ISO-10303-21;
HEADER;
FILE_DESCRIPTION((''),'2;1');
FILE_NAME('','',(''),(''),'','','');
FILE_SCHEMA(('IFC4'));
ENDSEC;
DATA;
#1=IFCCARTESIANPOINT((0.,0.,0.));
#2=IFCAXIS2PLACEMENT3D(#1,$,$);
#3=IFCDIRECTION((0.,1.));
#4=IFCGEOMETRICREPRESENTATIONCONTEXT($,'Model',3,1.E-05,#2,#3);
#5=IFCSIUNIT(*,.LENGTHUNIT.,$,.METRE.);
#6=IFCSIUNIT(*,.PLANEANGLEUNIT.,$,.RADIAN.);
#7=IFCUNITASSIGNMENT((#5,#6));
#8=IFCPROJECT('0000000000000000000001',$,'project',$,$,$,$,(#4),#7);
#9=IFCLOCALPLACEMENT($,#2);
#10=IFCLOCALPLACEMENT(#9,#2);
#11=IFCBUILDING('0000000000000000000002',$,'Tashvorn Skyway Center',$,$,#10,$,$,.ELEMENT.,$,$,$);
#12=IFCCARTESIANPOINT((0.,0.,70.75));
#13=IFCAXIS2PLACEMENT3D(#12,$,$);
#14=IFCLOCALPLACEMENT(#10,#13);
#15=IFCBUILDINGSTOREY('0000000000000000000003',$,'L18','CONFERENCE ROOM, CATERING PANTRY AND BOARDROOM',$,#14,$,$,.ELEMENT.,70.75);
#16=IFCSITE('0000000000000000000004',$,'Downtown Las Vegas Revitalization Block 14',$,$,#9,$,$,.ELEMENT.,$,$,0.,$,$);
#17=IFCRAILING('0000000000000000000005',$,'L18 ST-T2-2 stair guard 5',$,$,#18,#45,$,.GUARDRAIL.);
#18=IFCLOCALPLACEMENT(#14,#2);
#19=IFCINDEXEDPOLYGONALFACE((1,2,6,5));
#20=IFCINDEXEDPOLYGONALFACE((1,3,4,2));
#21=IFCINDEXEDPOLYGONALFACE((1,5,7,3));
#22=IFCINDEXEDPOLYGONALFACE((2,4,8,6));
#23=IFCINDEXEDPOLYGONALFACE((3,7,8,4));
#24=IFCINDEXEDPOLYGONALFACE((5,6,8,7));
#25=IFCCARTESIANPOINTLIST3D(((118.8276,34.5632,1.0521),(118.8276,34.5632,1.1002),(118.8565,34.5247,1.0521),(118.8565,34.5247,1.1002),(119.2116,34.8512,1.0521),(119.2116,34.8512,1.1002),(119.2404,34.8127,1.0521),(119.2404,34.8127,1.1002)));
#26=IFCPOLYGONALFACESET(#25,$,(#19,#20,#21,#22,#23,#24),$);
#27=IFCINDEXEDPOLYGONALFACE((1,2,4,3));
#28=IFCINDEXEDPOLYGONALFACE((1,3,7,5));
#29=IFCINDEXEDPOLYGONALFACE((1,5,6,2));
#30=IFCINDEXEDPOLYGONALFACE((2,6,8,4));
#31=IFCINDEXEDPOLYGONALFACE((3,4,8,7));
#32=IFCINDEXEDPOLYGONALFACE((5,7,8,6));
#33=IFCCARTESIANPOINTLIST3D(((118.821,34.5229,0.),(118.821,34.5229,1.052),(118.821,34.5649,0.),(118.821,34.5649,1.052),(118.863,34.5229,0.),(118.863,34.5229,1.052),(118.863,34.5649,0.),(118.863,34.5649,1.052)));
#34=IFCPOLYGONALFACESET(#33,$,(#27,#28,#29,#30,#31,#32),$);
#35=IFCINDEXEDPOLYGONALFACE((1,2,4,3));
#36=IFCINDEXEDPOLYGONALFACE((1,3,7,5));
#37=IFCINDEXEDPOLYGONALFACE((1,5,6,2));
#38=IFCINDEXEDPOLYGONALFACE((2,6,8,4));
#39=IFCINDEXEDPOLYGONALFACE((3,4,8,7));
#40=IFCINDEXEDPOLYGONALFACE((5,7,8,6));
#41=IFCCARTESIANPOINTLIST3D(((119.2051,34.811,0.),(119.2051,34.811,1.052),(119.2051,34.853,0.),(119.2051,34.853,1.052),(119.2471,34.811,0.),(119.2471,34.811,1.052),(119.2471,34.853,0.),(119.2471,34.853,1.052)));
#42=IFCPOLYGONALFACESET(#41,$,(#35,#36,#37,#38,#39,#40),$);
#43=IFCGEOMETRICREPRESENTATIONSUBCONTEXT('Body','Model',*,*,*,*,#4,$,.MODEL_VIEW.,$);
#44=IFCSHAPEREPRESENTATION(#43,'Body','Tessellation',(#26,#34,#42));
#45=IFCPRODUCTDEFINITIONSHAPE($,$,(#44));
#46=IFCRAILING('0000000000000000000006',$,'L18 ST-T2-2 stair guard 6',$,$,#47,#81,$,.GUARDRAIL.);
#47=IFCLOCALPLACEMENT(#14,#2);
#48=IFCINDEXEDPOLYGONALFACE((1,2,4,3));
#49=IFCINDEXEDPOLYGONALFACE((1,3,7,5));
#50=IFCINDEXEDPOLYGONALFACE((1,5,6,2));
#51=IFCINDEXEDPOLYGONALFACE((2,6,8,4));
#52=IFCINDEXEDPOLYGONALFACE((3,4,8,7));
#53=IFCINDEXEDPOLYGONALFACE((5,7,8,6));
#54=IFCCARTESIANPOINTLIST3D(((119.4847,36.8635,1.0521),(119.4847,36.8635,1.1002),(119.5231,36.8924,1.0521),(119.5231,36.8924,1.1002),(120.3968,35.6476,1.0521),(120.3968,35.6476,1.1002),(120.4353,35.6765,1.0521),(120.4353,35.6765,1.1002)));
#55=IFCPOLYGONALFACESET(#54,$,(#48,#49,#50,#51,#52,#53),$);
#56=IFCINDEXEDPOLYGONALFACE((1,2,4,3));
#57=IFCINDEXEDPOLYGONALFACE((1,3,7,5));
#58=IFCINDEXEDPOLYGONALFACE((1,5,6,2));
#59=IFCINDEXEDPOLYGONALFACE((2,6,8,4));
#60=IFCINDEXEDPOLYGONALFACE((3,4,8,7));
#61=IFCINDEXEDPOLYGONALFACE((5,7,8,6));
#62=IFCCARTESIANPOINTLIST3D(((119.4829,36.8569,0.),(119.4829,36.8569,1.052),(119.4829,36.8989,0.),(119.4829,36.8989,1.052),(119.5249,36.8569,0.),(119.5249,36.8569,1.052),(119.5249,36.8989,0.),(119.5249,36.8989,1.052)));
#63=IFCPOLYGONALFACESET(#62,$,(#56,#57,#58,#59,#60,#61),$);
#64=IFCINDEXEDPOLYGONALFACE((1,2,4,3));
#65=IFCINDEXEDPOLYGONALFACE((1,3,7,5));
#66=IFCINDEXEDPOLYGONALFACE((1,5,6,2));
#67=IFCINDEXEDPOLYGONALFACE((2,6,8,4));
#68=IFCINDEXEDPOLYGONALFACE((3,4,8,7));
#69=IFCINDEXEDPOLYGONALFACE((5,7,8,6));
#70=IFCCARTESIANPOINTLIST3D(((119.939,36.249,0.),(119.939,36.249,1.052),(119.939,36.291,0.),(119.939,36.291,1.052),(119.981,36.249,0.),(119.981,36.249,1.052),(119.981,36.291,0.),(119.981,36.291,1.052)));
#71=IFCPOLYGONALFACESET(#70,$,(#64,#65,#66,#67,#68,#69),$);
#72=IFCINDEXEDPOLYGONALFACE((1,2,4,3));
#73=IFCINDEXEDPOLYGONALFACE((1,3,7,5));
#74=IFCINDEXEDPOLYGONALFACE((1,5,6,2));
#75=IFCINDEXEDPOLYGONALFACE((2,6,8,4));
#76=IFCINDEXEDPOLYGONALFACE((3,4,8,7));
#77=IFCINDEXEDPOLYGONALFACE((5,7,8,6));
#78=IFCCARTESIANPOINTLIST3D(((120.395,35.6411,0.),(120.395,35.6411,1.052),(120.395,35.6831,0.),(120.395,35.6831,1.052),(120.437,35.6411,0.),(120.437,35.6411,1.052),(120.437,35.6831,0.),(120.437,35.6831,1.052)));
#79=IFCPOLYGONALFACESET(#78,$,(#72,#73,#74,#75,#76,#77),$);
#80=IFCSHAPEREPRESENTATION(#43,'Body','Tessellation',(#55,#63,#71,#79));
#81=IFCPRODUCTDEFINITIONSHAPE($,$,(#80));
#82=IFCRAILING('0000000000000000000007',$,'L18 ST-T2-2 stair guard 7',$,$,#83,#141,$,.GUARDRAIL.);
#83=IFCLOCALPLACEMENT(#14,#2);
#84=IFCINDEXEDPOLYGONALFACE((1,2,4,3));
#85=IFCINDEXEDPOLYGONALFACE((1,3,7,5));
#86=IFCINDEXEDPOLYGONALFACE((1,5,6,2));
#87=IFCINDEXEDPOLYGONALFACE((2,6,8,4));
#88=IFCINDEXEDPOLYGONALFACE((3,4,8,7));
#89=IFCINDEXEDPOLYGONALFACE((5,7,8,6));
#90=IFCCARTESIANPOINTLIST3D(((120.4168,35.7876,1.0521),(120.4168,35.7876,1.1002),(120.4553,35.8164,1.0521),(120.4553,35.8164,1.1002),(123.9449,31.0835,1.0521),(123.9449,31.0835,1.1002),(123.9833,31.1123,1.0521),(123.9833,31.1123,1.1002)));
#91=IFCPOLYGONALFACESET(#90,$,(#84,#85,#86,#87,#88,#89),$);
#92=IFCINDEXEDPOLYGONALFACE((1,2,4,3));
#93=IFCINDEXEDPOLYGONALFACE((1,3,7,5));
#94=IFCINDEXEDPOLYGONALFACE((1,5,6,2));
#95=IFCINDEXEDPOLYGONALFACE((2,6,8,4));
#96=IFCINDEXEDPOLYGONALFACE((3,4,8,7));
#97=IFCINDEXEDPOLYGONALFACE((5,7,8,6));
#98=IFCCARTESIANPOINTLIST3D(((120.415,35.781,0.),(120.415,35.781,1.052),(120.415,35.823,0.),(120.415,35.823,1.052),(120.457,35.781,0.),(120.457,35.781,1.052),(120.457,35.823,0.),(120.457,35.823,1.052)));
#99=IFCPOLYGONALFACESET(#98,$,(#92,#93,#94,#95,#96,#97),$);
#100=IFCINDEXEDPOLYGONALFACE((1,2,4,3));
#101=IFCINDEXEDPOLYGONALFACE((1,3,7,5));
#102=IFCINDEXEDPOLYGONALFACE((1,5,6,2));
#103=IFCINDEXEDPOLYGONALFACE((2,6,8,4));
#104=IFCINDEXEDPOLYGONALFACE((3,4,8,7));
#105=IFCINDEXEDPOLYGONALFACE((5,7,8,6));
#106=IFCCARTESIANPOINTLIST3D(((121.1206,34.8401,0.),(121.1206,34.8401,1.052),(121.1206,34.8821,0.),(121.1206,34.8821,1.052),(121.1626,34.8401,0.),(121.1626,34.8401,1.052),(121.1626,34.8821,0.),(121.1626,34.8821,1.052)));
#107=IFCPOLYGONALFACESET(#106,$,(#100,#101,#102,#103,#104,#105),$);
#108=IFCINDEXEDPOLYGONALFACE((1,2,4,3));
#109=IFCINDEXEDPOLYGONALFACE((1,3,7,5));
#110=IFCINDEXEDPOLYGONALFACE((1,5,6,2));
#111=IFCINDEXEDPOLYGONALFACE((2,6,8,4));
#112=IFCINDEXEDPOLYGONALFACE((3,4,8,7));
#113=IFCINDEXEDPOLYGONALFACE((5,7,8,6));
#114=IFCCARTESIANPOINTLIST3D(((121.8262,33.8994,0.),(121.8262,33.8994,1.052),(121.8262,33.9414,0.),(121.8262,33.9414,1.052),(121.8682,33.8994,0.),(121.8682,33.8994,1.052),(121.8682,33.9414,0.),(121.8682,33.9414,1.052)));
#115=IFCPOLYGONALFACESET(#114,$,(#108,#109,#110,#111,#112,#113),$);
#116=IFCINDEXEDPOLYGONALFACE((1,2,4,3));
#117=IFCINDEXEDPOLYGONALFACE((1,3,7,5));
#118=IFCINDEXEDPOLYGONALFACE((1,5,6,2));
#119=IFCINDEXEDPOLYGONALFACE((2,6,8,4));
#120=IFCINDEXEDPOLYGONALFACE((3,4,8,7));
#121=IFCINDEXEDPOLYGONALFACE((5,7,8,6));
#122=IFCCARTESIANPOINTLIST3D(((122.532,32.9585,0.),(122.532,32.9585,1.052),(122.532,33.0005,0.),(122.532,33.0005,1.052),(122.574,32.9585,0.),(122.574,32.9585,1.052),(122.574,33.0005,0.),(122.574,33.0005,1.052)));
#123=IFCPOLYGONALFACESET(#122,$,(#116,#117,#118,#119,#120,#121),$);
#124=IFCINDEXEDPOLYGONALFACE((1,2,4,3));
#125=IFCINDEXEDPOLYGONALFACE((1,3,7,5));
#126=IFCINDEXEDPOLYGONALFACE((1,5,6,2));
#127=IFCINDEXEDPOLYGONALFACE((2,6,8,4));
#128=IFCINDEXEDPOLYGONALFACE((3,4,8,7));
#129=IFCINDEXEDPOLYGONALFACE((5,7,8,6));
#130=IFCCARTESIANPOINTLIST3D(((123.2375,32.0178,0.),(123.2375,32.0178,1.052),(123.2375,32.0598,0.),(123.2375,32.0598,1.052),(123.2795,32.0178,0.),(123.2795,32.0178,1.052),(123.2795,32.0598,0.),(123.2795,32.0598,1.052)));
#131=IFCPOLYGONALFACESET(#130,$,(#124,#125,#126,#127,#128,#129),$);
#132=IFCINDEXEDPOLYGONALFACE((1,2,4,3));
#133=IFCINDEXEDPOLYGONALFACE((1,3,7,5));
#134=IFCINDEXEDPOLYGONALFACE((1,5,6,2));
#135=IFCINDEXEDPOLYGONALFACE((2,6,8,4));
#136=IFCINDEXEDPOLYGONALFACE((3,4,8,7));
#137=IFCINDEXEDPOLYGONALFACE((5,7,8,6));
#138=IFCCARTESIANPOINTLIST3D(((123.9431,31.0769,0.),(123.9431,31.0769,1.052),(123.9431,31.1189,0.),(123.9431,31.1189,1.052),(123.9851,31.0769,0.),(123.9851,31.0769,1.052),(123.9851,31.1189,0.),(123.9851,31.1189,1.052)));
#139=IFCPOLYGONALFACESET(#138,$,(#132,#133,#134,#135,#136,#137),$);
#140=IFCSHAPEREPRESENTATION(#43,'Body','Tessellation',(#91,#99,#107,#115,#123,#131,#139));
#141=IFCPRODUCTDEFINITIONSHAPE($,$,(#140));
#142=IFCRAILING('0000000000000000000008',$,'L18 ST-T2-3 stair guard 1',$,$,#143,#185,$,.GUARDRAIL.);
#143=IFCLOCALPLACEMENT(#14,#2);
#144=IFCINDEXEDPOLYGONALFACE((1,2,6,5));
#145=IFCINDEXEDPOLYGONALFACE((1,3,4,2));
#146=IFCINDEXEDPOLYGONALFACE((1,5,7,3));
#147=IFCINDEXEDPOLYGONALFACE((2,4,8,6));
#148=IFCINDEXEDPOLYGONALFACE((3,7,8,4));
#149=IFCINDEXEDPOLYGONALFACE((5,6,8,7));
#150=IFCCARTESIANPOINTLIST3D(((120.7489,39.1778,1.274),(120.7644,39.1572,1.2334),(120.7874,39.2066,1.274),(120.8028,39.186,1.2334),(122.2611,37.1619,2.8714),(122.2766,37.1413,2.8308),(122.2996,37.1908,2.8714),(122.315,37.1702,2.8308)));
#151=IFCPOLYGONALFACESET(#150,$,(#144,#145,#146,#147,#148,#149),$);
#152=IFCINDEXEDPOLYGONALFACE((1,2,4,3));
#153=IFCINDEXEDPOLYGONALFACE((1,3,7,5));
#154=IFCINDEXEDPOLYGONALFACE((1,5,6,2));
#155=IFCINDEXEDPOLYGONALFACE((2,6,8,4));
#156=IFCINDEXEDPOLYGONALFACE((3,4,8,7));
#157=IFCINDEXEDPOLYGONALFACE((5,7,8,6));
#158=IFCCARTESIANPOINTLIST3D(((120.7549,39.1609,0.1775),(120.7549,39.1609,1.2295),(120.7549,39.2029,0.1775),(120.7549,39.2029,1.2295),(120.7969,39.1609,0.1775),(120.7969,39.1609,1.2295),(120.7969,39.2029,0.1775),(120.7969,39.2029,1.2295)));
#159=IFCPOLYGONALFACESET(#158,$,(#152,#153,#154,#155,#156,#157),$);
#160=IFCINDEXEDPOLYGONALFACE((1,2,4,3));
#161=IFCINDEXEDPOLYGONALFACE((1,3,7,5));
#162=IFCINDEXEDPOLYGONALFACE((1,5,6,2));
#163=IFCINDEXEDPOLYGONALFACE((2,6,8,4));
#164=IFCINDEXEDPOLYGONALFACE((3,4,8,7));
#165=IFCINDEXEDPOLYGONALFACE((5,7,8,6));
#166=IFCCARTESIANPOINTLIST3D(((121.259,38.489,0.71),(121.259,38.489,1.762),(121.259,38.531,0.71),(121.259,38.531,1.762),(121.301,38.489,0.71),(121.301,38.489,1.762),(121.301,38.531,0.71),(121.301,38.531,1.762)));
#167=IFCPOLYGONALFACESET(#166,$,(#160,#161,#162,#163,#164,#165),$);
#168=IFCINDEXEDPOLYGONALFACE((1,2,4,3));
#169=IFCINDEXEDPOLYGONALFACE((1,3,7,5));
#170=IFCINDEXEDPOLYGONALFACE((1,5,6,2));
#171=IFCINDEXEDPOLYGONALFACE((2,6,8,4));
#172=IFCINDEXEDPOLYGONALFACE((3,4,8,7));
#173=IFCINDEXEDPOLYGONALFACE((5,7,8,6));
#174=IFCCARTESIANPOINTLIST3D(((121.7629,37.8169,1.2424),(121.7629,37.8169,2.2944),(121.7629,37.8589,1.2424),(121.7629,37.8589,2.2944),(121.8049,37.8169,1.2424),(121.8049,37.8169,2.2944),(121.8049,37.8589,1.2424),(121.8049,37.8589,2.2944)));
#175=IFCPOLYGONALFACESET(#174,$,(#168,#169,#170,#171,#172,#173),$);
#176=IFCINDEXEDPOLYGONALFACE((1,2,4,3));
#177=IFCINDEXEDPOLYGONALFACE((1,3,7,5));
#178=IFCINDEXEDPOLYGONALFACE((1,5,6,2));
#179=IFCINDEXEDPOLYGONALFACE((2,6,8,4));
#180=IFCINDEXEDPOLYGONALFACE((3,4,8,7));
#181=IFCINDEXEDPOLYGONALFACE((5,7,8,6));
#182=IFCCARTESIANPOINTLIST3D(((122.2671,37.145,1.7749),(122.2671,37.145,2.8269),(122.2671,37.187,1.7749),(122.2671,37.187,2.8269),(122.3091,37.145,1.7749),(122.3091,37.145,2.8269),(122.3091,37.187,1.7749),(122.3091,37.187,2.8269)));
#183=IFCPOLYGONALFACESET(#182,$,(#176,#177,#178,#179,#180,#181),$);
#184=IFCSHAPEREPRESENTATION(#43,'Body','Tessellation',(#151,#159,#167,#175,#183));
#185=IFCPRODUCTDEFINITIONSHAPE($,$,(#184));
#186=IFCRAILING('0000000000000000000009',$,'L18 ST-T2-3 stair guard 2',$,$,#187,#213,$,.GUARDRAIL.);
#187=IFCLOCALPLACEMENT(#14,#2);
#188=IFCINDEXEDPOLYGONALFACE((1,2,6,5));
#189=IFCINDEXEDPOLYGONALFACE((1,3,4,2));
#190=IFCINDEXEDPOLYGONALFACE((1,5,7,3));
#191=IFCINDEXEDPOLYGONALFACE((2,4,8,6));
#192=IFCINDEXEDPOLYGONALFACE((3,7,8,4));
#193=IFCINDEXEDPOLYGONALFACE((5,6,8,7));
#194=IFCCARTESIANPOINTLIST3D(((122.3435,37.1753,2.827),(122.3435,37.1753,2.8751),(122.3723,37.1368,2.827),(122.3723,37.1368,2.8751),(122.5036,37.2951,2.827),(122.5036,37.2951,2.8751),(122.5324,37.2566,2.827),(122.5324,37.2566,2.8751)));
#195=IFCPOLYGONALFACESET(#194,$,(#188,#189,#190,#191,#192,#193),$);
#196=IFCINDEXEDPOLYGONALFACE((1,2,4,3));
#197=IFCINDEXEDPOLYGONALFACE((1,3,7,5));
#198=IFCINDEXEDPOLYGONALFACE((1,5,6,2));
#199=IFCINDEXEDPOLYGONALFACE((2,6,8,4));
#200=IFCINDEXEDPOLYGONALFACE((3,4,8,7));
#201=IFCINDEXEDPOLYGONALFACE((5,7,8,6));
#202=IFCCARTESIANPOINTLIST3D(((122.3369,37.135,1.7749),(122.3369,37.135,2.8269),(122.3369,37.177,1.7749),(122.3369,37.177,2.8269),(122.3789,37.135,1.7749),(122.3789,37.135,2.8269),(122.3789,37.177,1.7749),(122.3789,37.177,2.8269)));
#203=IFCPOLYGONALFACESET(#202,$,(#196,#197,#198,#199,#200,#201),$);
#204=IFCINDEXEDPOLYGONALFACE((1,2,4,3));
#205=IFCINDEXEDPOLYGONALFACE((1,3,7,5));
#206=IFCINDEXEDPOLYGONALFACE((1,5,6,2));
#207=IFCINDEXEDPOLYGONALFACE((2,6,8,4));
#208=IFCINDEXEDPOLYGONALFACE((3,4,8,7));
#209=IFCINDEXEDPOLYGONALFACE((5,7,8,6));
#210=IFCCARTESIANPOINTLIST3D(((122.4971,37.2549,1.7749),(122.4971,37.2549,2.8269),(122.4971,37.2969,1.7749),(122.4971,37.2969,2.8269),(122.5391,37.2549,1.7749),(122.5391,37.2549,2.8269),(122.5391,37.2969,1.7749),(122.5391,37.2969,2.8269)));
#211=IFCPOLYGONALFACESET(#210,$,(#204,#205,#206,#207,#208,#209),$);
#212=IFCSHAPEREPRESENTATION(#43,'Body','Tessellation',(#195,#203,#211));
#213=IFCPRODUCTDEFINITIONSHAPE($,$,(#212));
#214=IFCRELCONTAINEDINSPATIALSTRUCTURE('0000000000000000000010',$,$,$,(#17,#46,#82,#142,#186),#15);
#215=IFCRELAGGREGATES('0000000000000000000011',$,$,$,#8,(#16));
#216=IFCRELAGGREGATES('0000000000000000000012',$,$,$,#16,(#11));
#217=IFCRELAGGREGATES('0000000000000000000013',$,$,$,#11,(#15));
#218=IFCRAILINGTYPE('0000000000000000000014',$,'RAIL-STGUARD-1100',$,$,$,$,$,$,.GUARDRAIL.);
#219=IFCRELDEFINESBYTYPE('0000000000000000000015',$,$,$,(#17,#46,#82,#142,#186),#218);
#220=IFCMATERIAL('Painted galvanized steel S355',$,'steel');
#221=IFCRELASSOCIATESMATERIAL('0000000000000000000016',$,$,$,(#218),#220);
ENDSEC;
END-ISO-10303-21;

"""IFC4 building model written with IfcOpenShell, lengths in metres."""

from ifc_helpers import new_model, si_unit, direction, frame, origin, origin_2d, place, context, subcontext, project, spatial, rectangle, extrude, material, type_object, element, save


model = new_model("IFC4")

# Units and contexts
model_context = context("Model", 3, precision=1e-05, world=origin(), true_north=direction((0.0, 1.0)))
body_context = subcontext(model_context, "Body", "Model", "MODEL_VIEW")
ifc_project = project(units=[si_unit("LENGTHUNIT", "METRE"), si_unit("PLANEANGLEUNIT", "RADIAN")], contexts=[model_context])

# Site, building, storey
site_placement = place(None, origin())
site = spatial("IfcSite", under=ifc_project, at=site_placement, Name="Downtown Las Vegas Revitalization Block 14", CompositionType="ELEMENT", RefElevation=0.0)
building_placement = place(site_placement, origin())
building = spatial("IfcBuilding", under=site, at=building_placement, Name="Tashvorn Skyway Center", CompositionType="ELEMENT")
storey_placement = place(building_placement, frame((0.0, 0.0, 70.75)))
storey = spatial("IfcBuildingStorey", under=building, at=storey_placement, Name="L18", Description="CONFERENCE ROOM, CATERING PANTRY AND BOARDROOM", CompositionType="ELEMENT", Elevation=70.75)

# Railings
ifc_material_1 = material(Name="Painted galvanized steel S355", Category="steel")
railing_type_1 = type_object("IfcRailingType", Name="RAIL-STGUARD-1100", PredefinedType="GUARDRAIL", material=ifc_material_1)
railing_1_placement = place(storey_placement, frame((118.842, 34.5439, 0.0)))
element("IfcRailing", 1, at=railing_1_placement, inside=storey, type_object=railing_type_1, Name="L18 ST-T2-2 stair guard 5", PredefinedType="GUARDRAIL", context=body_context, shape_type="SweptSolid", body=[
    extrude(rectangle(XDim=0.0481, YDim=0.0481, at=origin_2d()), frame((0.0, 0.0, 1.0762), z_axis=(0.799939, 0.600081, 0.0), x_axis=(-0.600081, 0.799939, 0.0)), (0.0, 0.0, 1.0), 0.48),
    extrude(rectangle(XDim=0.042, YDim=0.042, at=origin_2d()), origin(), (0.0, 0.0, 1.0), 1.052),
    extrude(rectangle(XDim=0.042, YDim=0.042, at=origin_2d()), frame((0.384, 0.2881, 0.0)), (0.0, 0.0, 1.0), 1.052),
])
railing_2_placement = place(storey_placement, frame((119.5039, 36.8779, 0.0)))
element("IfcRailing", 2, at=railing_2_placement, inside=storey, type_object=railing_type_1, Name="L18 ST-T2-2 stair guard 6", PredefinedType="GUARDRAIL", context=body_context, shape_type="SweptSolid", body=[
    extrude(rectangle(XDim=0.0481, YDim=0.0481, at=origin_2d()), frame((0.0, 0.0, 1.0762), z_axis=(0.600103, -0.799923, 0.0), x_axis=(0.799923, 0.600103, 0.0)), (0.0, 0.0, 1.0), 1.52),
    extrude(rectangle(XDim=0.042, YDim=0.042, at=origin_2d()), origin(), (0.0, 0.0, 1.0), 1.052),
    extrude(rectangle(XDim=0.042, YDim=0.042, at=origin_2d()), frame((0.4561, -0.6079, 0.0)), (0.0, 0.0, 1.0), 1.052),
    extrude(rectangle(XDim=0.042, YDim=0.042, at=origin_2d()), frame((0.9121, -1.2158, 0.0)), (0.0, 0.0, 1.0), 1.052),
])
railing_3_placement = place(storey_placement, frame((120.436, 35.802, 0.0)))
element("IfcRailing", 3, at=railing_3_placement, inside=storey, type_object=railing_type_1, Name="L18 ST-T2-2 stair guard 7", PredefinedType="GUARDRAIL", context=body_context, shape_type="SweptSolid", body=[
    extrude(rectangle(XDim=0.0481, YDim=0.0481, at=origin_2d()), frame((0.0, 0.0, 1.0762), z_axis=(0.6, -0.8, 0.0), x_axis=(0.8, 0.6, 0.0)), (0.0, 0.0, 1.0), 5.8801),
    extrude(rectangle(XDim=0.042, YDim=0.042, at=origin_2d()), origin(), (0.0, 0.0, 1.0), 1.052),
    extrude(rectangle(XDim=0.042, YDim=0.042, at=origin_2d()), frame((0.7056, -0.9409, 0.0)), (0.0, 0.0, 1.0), 1.052),
    extrude(rectangle(XDim=0.042, YDim=0.042, at=origin_2d()), frame((1.4111, -1.8816, 0.0)), (0.0, 0.0, 1.0), 1.052),
    extrude(rectangle(XDim=0.042, YDim=0.042, at=origin_2d()), frame((2.1169, -2.8225, 0.0)), (0.0, 0.0, 1.0), 1.052),
    extrude(rectangle(XDim=0.042, YDim=0.042, at=origin_2d()), frame((2.8225, -3.7632, 0.0)), (0.0, 0.0, 1.0), 1.052),
    extrude(rectangle(XDim=0.042, YDim=0.042, at=origin_2d()), frame((3.5281, -4.7041, 0.0)), (0.0, 0.0, 1.0), 1.052),
])
railing_4_placement = place(storey_placement, frame((120.7759, 39.1819, 0.1775)))
element("IfcRailing", 4, at=railing_4_placement, inside=storey, type_object=railing_type_1, Name="L18 ST-T2-3 stair guard 1", PredefinedType="GUARDRAIL", context=body_context, shape_type="SweptSolid", body=[
    extrude(rectangle(XDim=0.0481, YDim=0.0481, at=origin_2d()), frame((0.0, 0.0, 1.0762), z_axis=(0.50683, -0.675636, 0.535387), x_axis=(0.799942, 0.600078, 0.0)), (0.0, 0.0, 1.0), 2.9836),
    extrude(rectangle(XDim=0.042, YDim=0.042, at=origin_2d()), origin(), (0.0, 0.0, 1.0), 1.052),
    extrude(rectangle(XDim=0.042, YDim=0.042, at=origin_2d()), frame((0.5042, -0.6719, 0.5325)), (0.0, 0.0, 1.0), 1.052),
    extrude(rectangle(XDim=0.042, YDim=0.042, at=origin_2d()), frame((1.0081, -1.344, 1.0649)), (0.0, 0.0, 1.0), 1.052),
    extrude(rectangle(XDim=0.042, YDim=0.042, at=origin_2d()), frame((1.5122, -2.0159, 1.5974)), (0.0, 0.0, 1.0), 1.052),
])
railing_5_placement = place(storey_placement, frame((122.3579, 37.156, 1.7749)))
element("IfcRailing", 5, at=railing_5_placement, inside=storey, type_object=railing_type_1, Name="L18 ST-T2-3 stair guard 2", PredefinedType="GUARDRAIL", context=body_context, shape_type="SweptSolid", body=[
    extrude(rectangle(XDim=0.0481, YDim=0.0481, at=origin_2d()), frame((0.0, 0.0, 1.0762), z_axis=(0.800585, 0.599219, 0.0), x_axis=(-0.599219, 0.800585, 0.0)), (0.0, 0.0, 1.0), 0.2),
    extrude(rectangle(XDim=0.042, YDim=0.042, at=origin_2d()), origin(), (0.0, 0.0, 1.0), 1.052),
    extrude(rectangle(XDim=0.042, YDim=0.042, at=origin_2d()), frame((0.1602, 0.1199, 0.0)), (0.0, 0.0, 1.0), 1.052),
])

save(model, "model.ifc")
